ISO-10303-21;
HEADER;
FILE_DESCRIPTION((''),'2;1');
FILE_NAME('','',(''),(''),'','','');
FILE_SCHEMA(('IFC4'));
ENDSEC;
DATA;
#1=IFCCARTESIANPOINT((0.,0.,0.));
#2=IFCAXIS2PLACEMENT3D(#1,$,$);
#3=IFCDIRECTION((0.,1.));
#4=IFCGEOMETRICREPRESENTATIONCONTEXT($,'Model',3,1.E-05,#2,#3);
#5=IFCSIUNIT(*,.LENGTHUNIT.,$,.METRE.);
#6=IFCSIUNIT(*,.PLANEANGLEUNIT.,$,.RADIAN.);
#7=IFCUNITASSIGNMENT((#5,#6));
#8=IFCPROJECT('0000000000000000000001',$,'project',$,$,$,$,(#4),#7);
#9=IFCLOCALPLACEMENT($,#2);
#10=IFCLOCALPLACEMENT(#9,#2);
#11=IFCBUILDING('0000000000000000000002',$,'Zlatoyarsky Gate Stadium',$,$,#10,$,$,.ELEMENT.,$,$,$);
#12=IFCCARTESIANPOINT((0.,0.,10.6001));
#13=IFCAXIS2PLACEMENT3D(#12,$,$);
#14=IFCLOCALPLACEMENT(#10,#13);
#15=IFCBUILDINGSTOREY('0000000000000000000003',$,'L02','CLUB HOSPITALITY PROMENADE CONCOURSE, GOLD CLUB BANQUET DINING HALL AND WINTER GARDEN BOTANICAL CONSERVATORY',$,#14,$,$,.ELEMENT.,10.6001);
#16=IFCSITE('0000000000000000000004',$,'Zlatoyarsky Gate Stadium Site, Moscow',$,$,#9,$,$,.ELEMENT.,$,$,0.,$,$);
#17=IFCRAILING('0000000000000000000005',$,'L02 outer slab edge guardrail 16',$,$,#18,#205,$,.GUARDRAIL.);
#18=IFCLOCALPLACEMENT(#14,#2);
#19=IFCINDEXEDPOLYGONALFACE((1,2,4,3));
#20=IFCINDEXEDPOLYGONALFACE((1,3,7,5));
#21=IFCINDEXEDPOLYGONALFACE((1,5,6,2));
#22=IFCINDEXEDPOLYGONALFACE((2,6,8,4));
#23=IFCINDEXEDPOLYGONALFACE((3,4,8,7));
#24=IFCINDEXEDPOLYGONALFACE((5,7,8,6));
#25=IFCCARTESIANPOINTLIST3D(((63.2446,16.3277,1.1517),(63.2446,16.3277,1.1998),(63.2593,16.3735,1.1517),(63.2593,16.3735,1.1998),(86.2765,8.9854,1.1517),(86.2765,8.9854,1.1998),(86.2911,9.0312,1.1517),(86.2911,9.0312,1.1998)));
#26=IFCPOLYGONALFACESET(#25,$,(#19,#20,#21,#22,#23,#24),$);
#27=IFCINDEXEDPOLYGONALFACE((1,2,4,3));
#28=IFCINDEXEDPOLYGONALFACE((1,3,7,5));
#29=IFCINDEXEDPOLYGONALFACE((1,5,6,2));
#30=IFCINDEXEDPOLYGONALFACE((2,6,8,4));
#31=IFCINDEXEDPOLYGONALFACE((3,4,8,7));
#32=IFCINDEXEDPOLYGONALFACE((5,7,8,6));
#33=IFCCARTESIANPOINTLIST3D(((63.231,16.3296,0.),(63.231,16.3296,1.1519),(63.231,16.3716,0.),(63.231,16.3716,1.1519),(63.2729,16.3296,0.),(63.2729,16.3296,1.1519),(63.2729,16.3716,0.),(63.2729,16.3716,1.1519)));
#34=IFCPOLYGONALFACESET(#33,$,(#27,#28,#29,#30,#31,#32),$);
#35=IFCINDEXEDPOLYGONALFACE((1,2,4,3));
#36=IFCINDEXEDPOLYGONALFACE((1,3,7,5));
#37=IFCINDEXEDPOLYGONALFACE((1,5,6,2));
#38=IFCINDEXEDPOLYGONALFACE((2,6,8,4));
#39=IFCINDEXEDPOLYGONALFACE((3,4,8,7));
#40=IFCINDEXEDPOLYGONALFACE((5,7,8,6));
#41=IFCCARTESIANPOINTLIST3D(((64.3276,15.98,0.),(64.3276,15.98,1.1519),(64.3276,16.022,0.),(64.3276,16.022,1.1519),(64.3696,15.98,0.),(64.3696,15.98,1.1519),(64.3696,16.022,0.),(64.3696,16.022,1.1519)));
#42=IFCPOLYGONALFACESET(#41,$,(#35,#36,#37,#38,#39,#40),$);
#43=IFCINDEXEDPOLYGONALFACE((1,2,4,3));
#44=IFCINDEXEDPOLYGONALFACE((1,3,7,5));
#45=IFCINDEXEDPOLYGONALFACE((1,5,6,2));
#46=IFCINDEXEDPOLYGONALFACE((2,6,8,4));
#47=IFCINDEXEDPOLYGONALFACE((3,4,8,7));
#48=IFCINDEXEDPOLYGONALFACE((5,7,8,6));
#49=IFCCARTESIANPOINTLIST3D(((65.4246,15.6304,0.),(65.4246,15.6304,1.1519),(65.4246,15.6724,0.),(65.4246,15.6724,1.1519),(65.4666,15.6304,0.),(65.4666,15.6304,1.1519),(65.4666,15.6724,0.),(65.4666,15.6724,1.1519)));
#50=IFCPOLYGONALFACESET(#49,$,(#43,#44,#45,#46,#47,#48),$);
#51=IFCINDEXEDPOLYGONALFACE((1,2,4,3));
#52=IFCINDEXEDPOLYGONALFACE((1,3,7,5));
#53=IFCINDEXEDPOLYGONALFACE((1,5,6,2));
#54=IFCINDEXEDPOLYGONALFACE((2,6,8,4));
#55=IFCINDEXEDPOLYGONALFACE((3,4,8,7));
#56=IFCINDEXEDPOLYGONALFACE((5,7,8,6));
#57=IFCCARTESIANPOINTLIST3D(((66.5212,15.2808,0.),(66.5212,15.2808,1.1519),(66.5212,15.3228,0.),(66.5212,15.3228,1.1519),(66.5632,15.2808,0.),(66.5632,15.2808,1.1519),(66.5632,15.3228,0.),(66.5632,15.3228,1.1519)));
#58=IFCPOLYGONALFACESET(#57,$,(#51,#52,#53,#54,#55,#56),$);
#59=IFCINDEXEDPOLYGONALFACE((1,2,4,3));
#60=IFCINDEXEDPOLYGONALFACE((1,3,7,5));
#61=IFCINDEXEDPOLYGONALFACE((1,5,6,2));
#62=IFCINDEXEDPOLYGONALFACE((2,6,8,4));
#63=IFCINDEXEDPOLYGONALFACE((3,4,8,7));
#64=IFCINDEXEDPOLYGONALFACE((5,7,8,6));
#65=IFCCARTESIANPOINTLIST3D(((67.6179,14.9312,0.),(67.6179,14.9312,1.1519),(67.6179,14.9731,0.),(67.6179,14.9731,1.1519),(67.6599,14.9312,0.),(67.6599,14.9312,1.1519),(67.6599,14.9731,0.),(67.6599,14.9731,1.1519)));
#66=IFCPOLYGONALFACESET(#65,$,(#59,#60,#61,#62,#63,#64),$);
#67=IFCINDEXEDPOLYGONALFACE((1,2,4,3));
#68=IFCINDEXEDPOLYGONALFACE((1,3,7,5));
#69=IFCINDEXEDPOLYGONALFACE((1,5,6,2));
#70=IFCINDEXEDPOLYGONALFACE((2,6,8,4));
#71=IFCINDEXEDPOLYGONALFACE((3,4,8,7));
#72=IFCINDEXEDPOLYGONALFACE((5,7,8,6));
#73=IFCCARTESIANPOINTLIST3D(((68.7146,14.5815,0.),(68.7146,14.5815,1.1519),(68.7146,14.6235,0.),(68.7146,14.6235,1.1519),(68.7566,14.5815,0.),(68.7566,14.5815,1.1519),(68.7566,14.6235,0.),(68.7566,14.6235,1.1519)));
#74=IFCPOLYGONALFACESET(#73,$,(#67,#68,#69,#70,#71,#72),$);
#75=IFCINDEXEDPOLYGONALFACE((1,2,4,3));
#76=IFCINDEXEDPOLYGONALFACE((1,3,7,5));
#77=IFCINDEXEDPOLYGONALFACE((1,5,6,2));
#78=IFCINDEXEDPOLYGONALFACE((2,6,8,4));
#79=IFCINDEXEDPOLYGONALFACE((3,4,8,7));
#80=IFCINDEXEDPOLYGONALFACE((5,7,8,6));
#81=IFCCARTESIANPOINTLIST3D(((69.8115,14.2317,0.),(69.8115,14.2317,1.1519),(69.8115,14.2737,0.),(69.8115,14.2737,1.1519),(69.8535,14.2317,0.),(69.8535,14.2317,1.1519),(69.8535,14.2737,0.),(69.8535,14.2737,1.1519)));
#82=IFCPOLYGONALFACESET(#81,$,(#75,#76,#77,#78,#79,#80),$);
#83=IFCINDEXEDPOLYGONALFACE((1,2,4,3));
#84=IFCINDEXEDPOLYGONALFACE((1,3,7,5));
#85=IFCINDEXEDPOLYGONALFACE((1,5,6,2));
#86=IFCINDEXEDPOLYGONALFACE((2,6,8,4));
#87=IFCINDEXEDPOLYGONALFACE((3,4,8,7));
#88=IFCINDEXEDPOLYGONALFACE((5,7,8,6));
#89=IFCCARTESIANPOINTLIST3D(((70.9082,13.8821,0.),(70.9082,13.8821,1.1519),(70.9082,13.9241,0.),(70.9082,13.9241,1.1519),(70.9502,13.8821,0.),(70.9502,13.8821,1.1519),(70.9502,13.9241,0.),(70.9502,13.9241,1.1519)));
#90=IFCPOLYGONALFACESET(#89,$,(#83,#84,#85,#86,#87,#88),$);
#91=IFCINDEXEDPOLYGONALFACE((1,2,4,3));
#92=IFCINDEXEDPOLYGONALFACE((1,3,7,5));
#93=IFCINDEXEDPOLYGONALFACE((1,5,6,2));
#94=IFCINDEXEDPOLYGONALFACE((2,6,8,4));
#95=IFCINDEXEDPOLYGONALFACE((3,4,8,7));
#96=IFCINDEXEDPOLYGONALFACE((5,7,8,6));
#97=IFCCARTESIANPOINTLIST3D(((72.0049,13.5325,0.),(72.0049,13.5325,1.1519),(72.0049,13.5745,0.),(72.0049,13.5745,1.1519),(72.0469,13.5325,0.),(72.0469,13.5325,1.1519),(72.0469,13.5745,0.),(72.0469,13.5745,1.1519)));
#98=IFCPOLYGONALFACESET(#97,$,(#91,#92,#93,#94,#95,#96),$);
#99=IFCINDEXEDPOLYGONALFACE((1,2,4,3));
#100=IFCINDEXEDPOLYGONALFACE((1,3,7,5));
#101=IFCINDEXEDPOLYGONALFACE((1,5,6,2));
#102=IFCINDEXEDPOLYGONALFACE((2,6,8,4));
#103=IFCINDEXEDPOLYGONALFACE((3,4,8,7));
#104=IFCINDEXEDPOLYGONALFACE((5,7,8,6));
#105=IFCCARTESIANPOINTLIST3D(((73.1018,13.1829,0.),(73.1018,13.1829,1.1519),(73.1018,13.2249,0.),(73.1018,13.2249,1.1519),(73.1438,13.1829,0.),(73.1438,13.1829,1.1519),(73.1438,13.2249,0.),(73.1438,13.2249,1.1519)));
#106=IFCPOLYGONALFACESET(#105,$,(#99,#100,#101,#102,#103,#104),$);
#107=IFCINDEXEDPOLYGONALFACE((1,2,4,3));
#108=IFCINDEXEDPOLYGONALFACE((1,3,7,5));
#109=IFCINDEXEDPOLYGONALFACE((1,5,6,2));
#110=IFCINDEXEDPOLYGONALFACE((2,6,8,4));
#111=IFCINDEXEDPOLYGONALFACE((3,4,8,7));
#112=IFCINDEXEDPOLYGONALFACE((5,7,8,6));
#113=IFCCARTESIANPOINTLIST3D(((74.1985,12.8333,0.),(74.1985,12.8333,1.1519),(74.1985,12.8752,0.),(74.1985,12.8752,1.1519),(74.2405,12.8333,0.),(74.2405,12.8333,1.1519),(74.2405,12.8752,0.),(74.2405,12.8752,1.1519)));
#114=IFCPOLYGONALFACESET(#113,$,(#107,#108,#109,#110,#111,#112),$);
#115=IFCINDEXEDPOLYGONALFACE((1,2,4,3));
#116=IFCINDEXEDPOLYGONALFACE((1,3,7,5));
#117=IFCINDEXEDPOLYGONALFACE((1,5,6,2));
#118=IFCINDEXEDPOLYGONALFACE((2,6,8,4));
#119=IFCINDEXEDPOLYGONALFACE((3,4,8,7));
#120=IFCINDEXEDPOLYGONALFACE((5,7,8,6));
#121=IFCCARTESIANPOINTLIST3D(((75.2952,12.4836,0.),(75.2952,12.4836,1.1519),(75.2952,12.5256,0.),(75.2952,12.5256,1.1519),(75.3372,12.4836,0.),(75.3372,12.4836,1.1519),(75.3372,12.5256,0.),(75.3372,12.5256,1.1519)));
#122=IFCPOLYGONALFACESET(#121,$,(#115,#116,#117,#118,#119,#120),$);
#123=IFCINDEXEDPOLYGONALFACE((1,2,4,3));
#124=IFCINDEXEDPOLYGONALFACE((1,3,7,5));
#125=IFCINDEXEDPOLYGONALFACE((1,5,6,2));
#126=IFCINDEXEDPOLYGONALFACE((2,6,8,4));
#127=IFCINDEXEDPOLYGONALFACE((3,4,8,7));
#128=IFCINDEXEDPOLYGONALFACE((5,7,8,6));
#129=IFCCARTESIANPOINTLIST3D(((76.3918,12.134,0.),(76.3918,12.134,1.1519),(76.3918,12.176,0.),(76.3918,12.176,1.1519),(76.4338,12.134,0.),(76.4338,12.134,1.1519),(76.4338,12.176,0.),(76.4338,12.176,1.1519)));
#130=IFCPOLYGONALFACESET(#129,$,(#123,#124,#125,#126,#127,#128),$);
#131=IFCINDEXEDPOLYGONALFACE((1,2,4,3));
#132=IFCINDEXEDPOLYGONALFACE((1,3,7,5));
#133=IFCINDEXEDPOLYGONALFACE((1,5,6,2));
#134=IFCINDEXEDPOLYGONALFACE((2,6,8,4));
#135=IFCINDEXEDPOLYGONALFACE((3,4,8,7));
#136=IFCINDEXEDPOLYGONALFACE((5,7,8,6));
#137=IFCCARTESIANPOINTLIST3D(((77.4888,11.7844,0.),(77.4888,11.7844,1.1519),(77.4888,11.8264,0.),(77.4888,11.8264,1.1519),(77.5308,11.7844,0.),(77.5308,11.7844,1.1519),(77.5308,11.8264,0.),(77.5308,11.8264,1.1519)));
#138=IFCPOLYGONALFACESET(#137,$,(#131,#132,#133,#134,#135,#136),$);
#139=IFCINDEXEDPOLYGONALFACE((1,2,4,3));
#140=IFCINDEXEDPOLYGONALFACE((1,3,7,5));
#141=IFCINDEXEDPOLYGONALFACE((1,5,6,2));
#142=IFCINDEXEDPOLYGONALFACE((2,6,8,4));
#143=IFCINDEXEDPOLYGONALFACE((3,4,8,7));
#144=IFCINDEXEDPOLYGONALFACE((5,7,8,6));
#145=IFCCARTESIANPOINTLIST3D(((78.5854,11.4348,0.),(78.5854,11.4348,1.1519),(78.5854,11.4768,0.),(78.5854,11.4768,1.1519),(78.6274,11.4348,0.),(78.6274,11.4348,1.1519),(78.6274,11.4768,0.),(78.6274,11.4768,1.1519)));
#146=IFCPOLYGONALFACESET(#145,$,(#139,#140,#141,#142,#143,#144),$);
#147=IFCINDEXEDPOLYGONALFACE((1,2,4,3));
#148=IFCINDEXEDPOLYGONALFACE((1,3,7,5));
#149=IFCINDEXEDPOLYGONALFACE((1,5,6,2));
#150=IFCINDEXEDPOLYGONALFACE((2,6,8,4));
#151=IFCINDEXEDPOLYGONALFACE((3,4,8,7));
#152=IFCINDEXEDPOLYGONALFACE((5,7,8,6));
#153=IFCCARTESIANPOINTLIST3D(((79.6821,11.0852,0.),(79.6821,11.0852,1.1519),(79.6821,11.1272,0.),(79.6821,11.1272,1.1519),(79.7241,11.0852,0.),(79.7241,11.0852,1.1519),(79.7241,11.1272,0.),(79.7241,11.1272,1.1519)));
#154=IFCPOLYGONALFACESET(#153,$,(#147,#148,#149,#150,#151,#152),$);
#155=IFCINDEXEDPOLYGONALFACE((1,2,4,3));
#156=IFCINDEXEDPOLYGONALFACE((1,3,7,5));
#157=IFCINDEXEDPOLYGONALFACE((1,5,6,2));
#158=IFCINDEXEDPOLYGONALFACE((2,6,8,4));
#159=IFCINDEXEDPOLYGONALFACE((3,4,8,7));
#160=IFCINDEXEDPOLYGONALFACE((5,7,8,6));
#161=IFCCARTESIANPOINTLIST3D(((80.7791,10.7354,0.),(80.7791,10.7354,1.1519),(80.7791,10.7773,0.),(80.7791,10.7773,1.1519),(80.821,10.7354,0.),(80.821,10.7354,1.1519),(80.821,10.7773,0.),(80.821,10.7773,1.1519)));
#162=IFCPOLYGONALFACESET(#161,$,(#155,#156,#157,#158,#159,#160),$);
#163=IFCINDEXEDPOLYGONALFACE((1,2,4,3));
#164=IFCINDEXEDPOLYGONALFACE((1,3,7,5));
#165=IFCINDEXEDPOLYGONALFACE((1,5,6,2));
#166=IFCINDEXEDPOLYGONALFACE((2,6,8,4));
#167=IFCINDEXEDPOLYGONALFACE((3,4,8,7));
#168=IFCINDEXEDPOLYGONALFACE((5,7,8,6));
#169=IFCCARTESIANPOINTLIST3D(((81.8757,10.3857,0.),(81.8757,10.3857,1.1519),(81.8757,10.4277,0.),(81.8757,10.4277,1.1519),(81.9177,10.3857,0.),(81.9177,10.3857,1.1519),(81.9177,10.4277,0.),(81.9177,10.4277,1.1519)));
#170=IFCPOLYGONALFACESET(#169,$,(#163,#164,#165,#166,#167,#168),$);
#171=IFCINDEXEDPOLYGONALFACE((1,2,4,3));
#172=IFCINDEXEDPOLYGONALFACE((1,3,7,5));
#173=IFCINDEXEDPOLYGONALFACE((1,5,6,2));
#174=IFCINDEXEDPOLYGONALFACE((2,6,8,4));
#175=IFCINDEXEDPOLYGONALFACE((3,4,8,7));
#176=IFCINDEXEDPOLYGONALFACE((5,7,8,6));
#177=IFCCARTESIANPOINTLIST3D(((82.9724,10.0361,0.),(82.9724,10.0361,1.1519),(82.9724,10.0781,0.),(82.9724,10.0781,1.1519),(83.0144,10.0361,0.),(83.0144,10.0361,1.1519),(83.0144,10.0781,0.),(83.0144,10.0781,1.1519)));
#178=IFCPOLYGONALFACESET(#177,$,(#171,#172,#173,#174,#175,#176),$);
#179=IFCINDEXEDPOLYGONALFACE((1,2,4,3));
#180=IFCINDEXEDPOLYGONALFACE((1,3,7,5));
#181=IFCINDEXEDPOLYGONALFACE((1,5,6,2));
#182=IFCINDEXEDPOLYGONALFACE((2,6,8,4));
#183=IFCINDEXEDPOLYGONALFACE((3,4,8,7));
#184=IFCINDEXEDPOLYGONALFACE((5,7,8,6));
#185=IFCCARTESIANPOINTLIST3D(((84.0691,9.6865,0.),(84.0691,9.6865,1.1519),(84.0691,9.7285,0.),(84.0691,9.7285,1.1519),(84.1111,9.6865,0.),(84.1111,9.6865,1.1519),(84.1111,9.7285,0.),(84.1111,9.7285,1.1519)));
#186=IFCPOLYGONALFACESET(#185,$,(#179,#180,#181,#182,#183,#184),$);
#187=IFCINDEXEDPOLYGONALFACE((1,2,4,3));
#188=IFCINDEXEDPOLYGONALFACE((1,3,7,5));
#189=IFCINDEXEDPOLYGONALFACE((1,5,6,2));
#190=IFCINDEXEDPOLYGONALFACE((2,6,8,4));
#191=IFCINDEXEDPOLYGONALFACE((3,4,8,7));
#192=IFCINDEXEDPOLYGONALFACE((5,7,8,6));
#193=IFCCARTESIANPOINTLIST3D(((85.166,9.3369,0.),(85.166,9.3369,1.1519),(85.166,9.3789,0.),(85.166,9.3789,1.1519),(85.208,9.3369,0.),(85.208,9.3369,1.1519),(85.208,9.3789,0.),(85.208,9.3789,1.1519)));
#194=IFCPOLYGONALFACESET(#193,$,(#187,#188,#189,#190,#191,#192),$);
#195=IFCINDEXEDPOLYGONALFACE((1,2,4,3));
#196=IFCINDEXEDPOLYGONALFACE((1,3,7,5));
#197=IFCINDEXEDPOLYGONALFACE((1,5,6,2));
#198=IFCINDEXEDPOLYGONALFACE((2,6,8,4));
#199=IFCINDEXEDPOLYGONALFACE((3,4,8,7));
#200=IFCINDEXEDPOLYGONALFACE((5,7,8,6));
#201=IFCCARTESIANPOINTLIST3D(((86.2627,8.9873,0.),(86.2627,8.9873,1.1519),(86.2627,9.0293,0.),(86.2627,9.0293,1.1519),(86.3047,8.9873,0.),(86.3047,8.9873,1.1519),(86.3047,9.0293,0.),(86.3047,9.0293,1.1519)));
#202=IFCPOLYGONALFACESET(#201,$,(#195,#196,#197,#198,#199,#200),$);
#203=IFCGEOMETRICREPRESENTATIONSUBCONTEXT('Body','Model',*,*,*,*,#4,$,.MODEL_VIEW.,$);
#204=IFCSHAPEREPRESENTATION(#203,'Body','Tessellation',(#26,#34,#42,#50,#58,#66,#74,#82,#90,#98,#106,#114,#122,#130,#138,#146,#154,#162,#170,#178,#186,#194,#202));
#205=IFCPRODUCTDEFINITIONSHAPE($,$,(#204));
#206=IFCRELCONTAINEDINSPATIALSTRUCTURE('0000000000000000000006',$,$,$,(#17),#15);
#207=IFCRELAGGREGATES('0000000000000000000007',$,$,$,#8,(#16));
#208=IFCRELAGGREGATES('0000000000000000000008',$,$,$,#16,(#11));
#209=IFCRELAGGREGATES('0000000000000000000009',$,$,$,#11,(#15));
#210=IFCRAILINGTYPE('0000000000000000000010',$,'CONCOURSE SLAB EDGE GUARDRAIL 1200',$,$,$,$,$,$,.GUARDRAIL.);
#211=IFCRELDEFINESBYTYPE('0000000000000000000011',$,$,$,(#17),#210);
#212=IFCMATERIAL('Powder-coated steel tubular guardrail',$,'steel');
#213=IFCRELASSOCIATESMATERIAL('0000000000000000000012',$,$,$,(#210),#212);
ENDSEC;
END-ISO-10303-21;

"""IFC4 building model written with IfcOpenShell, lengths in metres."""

from ifc_helpers import new_model, si_unit, direction, frame, origin, origin_2d, place, context, subcontext, project, spatial, rectangle, extrude, material, type_object, element, save


model = new_model("IFC4")

# Units and contexts
model_context = context("Model", 3, precision=1e-05, world=origin(), true_north=direction((0.0, 1.0)))
body_context = subcontext(model_context, "Body", "Model", "MODEL_VIEW")
ifc_project = project(units=[si_unit("LENGTHUNIT", "METRE"), si_unit("PLANEANGLEUNIT", "RADIAN")], contexts=[model_context])

# Site, building, storey
site_placement = place(None, origin())
site = spatial("IfcSite", under=ifc_project, at=site_placement, Name="Zlatoyarsky Gate Stadium Site, Moscow", CompositionType="ELEMENT", RefElevation=0.0)
building_placement = place(site_placement, origin())
building = spatial("IfcBuilding", under=site, at=building_placement, Name="Zlatoyarsky Gate Stadium", CompositionType="ELEMENT")
storey_placement = place(building_placement, frame((0.0, 0.0, 10.6001)))
storey = spatial("IfcBuildingStorey", under=building, at=storey_placement, Name="L02", Description="CLUB HOSPITALITY PROMENADE CONCOURSE, GOLD CLUB BANQUET DINING HALL AND WINTER GARDEN BOTANICAL CONSERVATORY", CompositionType="ELEMENT", Elevation=10.6001)

# Railing
ifc_material_1 = material(Name="Powder-coated steel tubular guardrail", Category="steel")
railing_type = type_object("IfcRailingType", Name="CONCOURSE SLAB EDGE GUARDRAIL 1200", PredefinedType="GUARDRAIL", material=ifc_material_1)
railing_1_placement = place(storey_placement, frame((63.252, 16.3506, 0.0)))
element("IfcRailing", 1, at=railing_1_placement, inside=storey, type_object=railing_type, Name="L02 outer slab edge guardrail 16", PredefinedType="GUARDRAIL", context=body_context, shape_type="SweptSolid", body=[
    extrude(rectangle(XDim=0.0481, YDim=0.0481, at=origin_2d()), frame((0.0, 0.0, 1.1758), z_axis=(0.952758, -0.30373, 0.0), x_axis=(0.30373, 0.952758, 0.0)), (0.0, 0.0, 1.0), 24.1738),
    extrude(rectangle(XDim=0.042, YDim=0.042, at=origin_2d()), origin(), (0.0, 0.0, 1.0), 1.1519),
    extrude(rectangle(XDim=0.042, YDim=0.042, at=origin_2d()), frame((1.0967, -0.3496, 0.0)), (0.0, 0.0, 1.0), 1.1519),
    extrude(rectangle(XDim=0.042, YDim=0.042, at=origin_2d()), frame((2.1936, -0.6992, 0.0)), (0.0, 0.0, 1.0), 1.1519),
    extrude(rectangle(XDim=0.042, YDim=0.042, at=origin_2d()), frame((3.2903, -1.0488, 0.0)), (0.0, 0.0, 1.0), 1.1519),
    extrude(rectangle(XDim=0.042, YDim=0.042, at=origin_2d()), frame((4.387, -1.3984, 0.0)), (0.0, 0.0, 1.0), 1.1519),
    extrude(rectangle(XDim=0.042, YDim=0.042, at=origin_2d()), frame((5.4836, -1.748, 0.0)), (0.0, 0.0, 1.0), 1.1519),
    extrude(rectangle(XDim=0.042, YDim=0.042, at=origin_2d()), frame((6.5806, -2.0979, 0.0)), (0.0, 0.0, 1.0), 1.1519),
    extrude(rectangle(XDim=0.042, YDim=0.042, at=origin_2d()), frame((7.6772, -2.4475, 0.0)), (0.0, 0.0, 1.0), 1.1519),
    extrude(rectangle(XDim=0.042, YDim=0.042, at=origin_2d()), frame((8.7739, -2.7971, 0.0)), (0.0, 0.0, 1.0), 1.1519),
    extrude(rectangle(XDim=0.042, YDim=0.042, at=origin_2d()), frame((9.8708, -3.1467, 0.0)), (0.0, 0.0, 1.0), 1.1519),
    extrude(rectangle(XDim=0.042, YDim=0.042, at=origin_2d()), frame((10.9675, -3.4963, 0.0)), (0.0, 0.0, 1.0), 1.1519),
    extrude(rectangle(XDim=0.042, YDim=0.042, at=origin_2d()), frame((12.0642, -3.8459, 0.0)), (0.0, 0.0, 1.0), 1.1519),
    extrude(rectangle(XDim=0.042, YDim=0.042, at=origin_2d()), frame((13.1609, -4.1956, 0.0)), (0.0, 0.0, 1.0), 1.1519),
    extrude(rectangle(XDim=0.042, YDim=0.042, at=origin_2d()), frame((14.2578, -4.5452, 0.0)), (0.0, 0.0, 1.0), 1.1519),
    extrude(rectangle(XDim=0.042, YDim=0.042, at=origin_2d()), frame((15.3545, -4.8948, 0.0)), (0.0, 0.0, 1.0), 1.1519),
    extrude(rectangle(XDim=0.042, YDim=0.042, at=origin_2d()), frame((16.4512, -5.2444, 0.0)), (0.0, 0.0, 1.0), 1.1519),
    extrude(rectangle(XDim=0.042, YDim=0.042, at=origin_2d()), frame((17.5481, -5.5942, 0.0)), (0.0, 0.0, 1.0), 1.1519),
    extrude(rectangle(XDim=0.042, YDim=0.042, at=origin_2d()), frame((18.6448, -5.9438, 0.0)), (0.0, 0.0, 1.0), 1.1519),
    extrude(rectangle(XDim=0.042, YDim=0.042, at=origin_2d()), frame((19.7415, -6.2935, 0.0)), (0.0, 0.0, 1.0), 1.1519),
    extrude(rectangle(XDim=0.042, YDim=0.042, at=origin_2d()), frame((20.8381, -6.6431, 0.0)), (0.0, 0.0, 1.0), 1.1519),
    extrude(rectangle(XDim=0.042, YDim=0.042, at=origin_2d()), frame((21.9351, -6.9927, 0.0)), (0.0, 0.0, 1.0), 1.1519),
    extrude(rectangle(XDim=0.042, YDim=0.042, at=origin_2d()), frame((23.0317, -7.3423, 0.0)), (0.0, 0.0, 1.0), 1.1519),
])

save(model, "model.ifc")
